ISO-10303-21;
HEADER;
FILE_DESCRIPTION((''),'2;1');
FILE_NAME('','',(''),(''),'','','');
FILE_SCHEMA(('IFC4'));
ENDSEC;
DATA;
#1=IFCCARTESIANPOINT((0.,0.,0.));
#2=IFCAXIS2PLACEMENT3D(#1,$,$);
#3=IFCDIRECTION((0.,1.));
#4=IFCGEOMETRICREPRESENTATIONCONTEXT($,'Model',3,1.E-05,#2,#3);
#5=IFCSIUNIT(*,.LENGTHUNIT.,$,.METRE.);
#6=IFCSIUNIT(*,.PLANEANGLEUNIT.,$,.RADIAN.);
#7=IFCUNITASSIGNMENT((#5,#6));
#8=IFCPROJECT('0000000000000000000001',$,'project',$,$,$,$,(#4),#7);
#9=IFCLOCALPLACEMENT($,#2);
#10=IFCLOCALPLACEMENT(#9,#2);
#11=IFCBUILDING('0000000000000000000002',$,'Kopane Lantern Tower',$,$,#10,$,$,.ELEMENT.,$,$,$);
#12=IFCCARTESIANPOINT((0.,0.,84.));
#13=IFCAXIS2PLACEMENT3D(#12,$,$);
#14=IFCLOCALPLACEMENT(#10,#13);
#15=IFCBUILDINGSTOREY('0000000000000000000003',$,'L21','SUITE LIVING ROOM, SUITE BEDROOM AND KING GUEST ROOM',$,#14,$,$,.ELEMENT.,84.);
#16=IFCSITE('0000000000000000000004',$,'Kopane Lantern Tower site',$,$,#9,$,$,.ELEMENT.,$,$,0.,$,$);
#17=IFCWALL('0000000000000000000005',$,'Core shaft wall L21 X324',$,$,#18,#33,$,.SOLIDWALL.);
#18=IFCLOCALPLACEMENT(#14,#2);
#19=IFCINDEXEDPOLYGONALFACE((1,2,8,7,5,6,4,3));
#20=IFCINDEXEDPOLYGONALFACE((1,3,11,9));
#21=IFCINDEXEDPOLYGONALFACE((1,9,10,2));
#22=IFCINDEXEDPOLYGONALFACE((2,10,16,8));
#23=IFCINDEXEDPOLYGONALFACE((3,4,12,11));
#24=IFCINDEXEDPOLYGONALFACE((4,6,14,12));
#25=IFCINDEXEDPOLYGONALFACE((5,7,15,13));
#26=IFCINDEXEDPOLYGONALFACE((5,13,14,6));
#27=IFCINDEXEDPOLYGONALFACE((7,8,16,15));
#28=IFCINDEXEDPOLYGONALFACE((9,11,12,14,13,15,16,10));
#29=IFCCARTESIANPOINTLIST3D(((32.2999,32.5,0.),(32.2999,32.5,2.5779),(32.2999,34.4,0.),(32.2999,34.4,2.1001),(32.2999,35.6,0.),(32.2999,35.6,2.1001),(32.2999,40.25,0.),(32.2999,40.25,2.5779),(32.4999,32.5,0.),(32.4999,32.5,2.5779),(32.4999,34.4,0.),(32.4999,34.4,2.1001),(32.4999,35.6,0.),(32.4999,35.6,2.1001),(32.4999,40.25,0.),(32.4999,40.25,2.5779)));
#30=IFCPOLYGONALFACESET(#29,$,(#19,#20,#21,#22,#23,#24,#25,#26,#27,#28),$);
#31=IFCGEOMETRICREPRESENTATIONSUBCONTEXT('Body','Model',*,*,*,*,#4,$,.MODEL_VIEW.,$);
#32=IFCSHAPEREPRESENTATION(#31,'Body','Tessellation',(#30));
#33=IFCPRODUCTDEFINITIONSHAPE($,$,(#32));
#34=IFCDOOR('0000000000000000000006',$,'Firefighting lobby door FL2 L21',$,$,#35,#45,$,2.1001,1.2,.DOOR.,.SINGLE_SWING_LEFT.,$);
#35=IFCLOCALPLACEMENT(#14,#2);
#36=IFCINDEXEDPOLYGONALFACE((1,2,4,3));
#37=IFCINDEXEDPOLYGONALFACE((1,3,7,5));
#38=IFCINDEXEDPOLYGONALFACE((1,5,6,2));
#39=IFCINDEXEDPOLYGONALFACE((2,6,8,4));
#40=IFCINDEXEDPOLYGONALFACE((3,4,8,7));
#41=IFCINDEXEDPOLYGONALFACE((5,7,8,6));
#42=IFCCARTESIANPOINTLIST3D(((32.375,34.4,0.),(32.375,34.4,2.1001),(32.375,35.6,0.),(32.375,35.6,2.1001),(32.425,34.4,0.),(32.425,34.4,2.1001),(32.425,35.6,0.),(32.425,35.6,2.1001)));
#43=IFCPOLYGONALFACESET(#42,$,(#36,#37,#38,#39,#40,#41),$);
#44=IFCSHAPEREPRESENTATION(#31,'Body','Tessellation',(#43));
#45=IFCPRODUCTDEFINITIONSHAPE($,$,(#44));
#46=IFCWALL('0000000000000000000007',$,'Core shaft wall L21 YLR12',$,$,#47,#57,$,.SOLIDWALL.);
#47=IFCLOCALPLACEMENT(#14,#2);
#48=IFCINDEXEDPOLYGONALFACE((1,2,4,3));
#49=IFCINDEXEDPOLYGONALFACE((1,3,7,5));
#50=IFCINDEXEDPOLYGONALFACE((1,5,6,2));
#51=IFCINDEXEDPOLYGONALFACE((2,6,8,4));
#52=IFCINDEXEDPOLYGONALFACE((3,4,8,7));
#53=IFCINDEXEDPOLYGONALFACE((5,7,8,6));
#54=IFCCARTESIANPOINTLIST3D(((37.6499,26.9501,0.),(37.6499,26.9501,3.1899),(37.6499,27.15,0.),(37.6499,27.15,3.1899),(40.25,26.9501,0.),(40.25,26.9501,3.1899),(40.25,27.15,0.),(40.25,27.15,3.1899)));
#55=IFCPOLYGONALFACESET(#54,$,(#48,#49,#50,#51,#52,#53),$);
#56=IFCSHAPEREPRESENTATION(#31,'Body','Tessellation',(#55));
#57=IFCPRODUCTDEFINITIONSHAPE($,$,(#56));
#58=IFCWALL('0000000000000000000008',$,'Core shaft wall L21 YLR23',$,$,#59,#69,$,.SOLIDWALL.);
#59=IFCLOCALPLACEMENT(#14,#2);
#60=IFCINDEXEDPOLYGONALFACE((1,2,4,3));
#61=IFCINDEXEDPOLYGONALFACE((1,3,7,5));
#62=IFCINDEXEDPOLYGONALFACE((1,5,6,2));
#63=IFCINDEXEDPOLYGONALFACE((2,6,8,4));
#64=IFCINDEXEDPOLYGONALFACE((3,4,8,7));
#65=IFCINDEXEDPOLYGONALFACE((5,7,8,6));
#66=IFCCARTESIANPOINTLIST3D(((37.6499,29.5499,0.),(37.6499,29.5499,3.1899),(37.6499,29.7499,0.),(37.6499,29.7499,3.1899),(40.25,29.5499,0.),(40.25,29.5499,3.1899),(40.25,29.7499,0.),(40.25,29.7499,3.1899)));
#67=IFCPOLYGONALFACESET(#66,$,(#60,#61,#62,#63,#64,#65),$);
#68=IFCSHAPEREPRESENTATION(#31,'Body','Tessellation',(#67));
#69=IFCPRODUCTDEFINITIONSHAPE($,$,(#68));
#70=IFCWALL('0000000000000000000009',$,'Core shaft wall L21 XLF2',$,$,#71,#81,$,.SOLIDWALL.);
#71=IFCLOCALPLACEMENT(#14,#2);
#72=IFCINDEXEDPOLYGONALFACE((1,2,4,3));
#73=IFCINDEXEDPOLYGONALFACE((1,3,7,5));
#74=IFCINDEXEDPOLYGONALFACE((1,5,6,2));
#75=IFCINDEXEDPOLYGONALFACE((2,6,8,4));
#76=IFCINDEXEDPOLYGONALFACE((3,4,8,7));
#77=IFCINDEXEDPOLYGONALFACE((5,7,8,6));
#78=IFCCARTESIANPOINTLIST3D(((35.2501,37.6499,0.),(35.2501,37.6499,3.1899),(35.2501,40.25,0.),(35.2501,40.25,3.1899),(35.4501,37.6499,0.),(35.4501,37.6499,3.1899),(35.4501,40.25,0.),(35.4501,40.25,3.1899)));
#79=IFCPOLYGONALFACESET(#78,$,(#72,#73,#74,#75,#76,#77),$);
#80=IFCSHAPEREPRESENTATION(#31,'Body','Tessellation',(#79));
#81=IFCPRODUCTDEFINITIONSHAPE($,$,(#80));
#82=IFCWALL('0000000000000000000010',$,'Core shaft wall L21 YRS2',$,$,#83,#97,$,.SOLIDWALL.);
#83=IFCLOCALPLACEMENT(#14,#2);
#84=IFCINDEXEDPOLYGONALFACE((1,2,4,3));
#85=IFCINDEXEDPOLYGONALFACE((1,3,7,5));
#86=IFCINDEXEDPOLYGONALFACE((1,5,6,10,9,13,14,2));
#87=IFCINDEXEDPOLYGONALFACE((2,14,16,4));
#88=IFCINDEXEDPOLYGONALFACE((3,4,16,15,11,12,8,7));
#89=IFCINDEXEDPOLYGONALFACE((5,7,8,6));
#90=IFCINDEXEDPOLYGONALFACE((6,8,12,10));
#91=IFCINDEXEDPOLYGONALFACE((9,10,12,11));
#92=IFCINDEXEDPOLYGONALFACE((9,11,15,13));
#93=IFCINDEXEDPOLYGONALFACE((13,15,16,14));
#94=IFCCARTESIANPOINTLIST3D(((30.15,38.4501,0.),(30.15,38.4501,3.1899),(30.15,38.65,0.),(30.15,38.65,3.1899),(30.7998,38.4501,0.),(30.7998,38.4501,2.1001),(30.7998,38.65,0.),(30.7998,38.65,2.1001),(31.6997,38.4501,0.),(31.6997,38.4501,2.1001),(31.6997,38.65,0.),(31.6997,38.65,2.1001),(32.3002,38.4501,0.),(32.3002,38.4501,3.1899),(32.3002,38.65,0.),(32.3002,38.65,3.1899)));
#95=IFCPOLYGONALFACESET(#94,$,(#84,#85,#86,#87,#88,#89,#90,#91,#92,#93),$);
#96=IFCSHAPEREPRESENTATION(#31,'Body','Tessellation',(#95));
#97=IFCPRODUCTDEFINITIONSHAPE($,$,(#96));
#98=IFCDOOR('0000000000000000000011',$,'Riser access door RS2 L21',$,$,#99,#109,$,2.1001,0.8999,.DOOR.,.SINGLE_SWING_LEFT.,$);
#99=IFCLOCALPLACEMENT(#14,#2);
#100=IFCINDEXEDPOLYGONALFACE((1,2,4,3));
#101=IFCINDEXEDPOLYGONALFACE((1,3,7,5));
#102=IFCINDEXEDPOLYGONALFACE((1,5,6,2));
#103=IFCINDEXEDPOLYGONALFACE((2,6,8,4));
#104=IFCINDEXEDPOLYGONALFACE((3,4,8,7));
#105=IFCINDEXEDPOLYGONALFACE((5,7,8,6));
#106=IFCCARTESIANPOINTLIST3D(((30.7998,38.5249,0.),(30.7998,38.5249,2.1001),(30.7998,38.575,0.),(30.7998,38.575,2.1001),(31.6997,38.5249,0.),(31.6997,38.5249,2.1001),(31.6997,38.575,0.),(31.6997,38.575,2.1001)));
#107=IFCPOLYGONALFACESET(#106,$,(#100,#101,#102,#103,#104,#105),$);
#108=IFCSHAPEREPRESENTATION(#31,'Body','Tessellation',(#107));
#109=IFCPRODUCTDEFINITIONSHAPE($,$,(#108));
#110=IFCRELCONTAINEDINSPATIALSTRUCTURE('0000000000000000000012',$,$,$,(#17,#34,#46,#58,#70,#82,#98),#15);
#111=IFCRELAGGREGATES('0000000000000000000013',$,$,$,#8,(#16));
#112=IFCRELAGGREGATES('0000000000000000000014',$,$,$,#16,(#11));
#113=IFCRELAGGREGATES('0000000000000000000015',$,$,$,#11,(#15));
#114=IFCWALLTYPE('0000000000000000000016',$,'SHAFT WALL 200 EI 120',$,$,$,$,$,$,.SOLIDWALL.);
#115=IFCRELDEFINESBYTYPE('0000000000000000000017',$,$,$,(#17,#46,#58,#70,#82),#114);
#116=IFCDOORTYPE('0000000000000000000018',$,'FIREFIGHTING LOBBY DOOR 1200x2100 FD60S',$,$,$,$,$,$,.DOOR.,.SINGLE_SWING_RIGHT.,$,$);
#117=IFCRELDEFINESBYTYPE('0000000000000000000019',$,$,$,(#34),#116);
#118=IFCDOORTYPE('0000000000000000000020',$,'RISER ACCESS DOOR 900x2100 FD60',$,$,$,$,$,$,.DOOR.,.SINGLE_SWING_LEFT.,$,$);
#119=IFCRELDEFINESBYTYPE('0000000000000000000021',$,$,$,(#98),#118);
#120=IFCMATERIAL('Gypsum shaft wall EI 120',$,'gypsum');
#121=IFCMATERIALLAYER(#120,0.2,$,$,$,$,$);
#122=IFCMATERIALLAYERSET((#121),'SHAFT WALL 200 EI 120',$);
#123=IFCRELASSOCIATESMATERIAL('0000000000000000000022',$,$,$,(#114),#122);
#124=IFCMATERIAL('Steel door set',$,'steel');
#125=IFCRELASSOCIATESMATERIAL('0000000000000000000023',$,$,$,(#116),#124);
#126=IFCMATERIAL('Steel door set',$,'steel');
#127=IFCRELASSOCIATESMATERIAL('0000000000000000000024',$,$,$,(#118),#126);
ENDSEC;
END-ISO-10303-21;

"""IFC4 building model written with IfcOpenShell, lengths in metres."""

from ifc_helpers import new_model, si_unit, direction, frame, frame_2d, origin, place, context, subcontext, project, spatial, rectangle, extrude, material, layer, layer_set, type_object, element, fill, save


model = new_model("IFC4")

# Units and contexts
model_context = context("Model", 3, precision=1e-05, world=origin(), true_north=direction((0.0, 1.0)))
body_context = subcontext(model_context, "Body", "Model", "MODEL_VIEW")
ifc_project = project(units=[si_unit("LENGTHUNIT", "METRE"), si_unit("PLANEANGLEUNIT", "RADIAN")], contexts=[model_context])

# Site, building, storey
site_placement = place(None, origin())
site = spatial("IfcSite", under=ifc_project, at=site_placement, Name="Kopane Lantern Tower site", CompositionType="ELEMENT", RefElevation=0.0)
building_placement = place(site_placement, origin())
building = spatial("IfcBuilding", under=site, at=building_placement, Name="Kopane Lantern Tower", CompositionType="ELEMENT")
storey_placement = place(building_placement, frame((0.0, 0.0, 84.0)))
storey = spatial("IfcBuildingStorey", under=building, at=storey_placement, Name="L21", Description="SUITE LIVING ROOM, SUITE BEDROOM AND KING GUEST ROOM", CompositionType="ELEMENT", Elevation=84.0)

# Shared definitions
ifc_material_1 = material(Name="Gypsum shaft wall EI 120", Category="gypsum")
ifc_layer_1 = layer(ifc_material_1, 0.2)
ifc_layer_set_1 = layer_set([ifc_layer_1], Name="SHAFT WALL 200 EI 120")
wall_type_1 = type_object("IfcWallType", Name="SHAFT WALL 200 EI 120", PredefinedType="SOLIDWALL", material=ifc_layer_set_1)

# Wall, opening, door
wall_1_placement = place(storey_placement, frame((32.3999, 32.5, 0.0), z_axis=(0.0, 0.0, 1.0), x_axis=(0.0, 1.0, 0.0)))
wall_1 = element("IfcWall", 1, at=wall_1_placement, inside=storey, type_object=wall_type_1, Name="Core shaft wall L21 X324", PredefinedType="SOLIDWALL", context=body_context, shape_type="SweptSolid", body=[
    extrude(rectangle(XDim=7.75, YDim=0.2, at=frame_2d((3.875, 0.0))), origin(), (0.0, 0.0, 1.0), 2.5779),
])
opening_1_placement = place(wall_1_placement, frame((1.8999, 0.0, 0.0)))
opening_1 = element("IfcOpeningElement", 2, at=opening_1_placement, cuts=wall_1, PredefinedType="OPENING", context=body_context, shape_type="SweptSolid", body=[
    extrude(rectangle(XDim=1.2, YDim=2.1001, at=frame_2d((0.6001, 1.05))), frame((0.0, 0.1099, 0.0), z_axis=(0.0, -1.0, 0.0), x_axis=(1.0, 0.0, 0.0)), (0.0, 0.0, 1.0), 0.22),
])
ifc_material_2 = material(Name="Steel door set", Category="steel")
door_type_1 = type_object("IfcDoorType", Name="FIREFIGHTING LOBBY DOOR 1200x2100 FD60S", OperationType="SINGLE_SWING_RIGHT", PredefinedType="DOOR", material=ifc_material_2)
door_1_placement = place(opening_1_placement, origin())
door_1 = element("IfcDoor", 3, at=door_1_placement, inside=storey, type_object=door_type_1, Name="Firefighting lobby door FL2 L21", OperationType="SINGLE_SWING_LEFT", OverallHeight=2.1001, OverallWidth=1.2, PredefinedType="DOOR", context=body_context, shape_type="SweptSolid", body=[
    extrude(rectangle(XDim=1.2, YDim=2.1001, at=frame_2d((0.6001, 1.05))), frame((0.0, 0.0249, 0.0), z_axis=(0.0, -1.0, 0.0), x_axis=(1.0, 0.0, 0.0)), (0.0, 0.0, 1.0), 0.05),
])
fill(opening_1, door_1)

# Walls
for number, where, z_axis, x_axis, name in (
    (4, (37.6499, 27.05, 0.0), (0.0, 0.0, 1.0), (1.0, 0.0, 0.0), "Core shaft wall L21 YLR12"),
    (5, (37.6499, 29.6499, 0.0), (0.0, 0.0, 1.0), (1.0, 0.0, 0.0), "Core shaft wall L21 YLR23"),
    (6, (35.3501, 37.6499, 0.0), (0.0, 0.0, 1.0), (0.0, 1.0, 0.0), "Core shaft wall L21 XLF2"),
):
    element("IfcWall", number, at=place(storey_placement, frame(where, z_axis=z_axis, x_axis=x_axis)), inside=storey, type_object=wall_type_1, Name=name, PredefinedType="SOLIDWALL", context=body_context, shape_type="SweptSolid", body=[
        extrude(rectangle(XDim=2.6001, YDim=0.2, at=frame_2d((1.3, 0.0))), origin(), (0.0, 0.0, 1.0), 3.1899),
    ])

# Wall, opening, door
wall_2_placement = place(storey_placement, frame((30.1499, 38.55, 0.0), z_axis=(0.0, 0.0, 1.0), x_axis=(1.0, 0.0, 0.0)))
wall_2 = element("IfcWall", 7, at=wall_2_placement, inside=storey, type_object=wall_type_1, Name="Core shaft wall L21 YRS2", PredefinedType="SOLIDWALL", context=body_context, shape_type="SweptSolid", body=[
    extrude(rectangle(XDim=2.1501, YDim=0.2, at=frame_2d((1.0752, 0.0))), origin(), (0.0, 0.0, 1.0), 3.1899),
])
opening_2_placement = place(wall_2_placement, frame((0.6499, 0.0, 0.0)))
opening_2 = element("IfcOpeningElement", 8, at=opening_2_placement, cuts=wall_2, PredefinedType="OPENING", context=body_context, shape_type="SweptSolid", body=[
    extrude(rectangle(XDim=0.8999, YDim=2.1001, at=frame_2d((0.45, 1.05))), frame((0.0, 0.1099, 0.0), z_axis=(0.0, -1.0, 0.0), x_axis=(1.0, 0.0, 0.0)), (0.0, 0.0, 1.0), 0.22),
])
ifc_material_3 = material(Name="Steel door set", Category="steel")
door_type_2 = type_object("IfcDoorType", Name="RISER ACCESS DOOR 900x2100 FD60", OperationType="SINGLE_SWING_LEFT", PredefinedType="DOOR", material=ifc_material_3)
door_2_placement = place(opening_2_placement, origin())
door_2 = element("IfcDoor", 9, at=door_2_placement, inside=storey, type_object=door_type_2, Name="Riser access door RS2 L21", OperationType="SINGLE_SWING_LEFT", OverallHeight=2.1001, OverallWidth=0.8999, PredefinedType="DOOR", context=body_context, shape_type="SweptSolid", body=[
    extrude(rectangle(XDim=0.8999, YDim=2.1001, at=frame_2d((0.45, 1.05))), frame((0.0, 0.0249, 0.0), z_axis=(0.0, -1.0, 0.0), x_axis=(1.0, 0.0, 0.0)), (0.0, 0.0, 1.0), 0.05),
])
fill(opening_2, door_2)

save(model, "model.ifc")
